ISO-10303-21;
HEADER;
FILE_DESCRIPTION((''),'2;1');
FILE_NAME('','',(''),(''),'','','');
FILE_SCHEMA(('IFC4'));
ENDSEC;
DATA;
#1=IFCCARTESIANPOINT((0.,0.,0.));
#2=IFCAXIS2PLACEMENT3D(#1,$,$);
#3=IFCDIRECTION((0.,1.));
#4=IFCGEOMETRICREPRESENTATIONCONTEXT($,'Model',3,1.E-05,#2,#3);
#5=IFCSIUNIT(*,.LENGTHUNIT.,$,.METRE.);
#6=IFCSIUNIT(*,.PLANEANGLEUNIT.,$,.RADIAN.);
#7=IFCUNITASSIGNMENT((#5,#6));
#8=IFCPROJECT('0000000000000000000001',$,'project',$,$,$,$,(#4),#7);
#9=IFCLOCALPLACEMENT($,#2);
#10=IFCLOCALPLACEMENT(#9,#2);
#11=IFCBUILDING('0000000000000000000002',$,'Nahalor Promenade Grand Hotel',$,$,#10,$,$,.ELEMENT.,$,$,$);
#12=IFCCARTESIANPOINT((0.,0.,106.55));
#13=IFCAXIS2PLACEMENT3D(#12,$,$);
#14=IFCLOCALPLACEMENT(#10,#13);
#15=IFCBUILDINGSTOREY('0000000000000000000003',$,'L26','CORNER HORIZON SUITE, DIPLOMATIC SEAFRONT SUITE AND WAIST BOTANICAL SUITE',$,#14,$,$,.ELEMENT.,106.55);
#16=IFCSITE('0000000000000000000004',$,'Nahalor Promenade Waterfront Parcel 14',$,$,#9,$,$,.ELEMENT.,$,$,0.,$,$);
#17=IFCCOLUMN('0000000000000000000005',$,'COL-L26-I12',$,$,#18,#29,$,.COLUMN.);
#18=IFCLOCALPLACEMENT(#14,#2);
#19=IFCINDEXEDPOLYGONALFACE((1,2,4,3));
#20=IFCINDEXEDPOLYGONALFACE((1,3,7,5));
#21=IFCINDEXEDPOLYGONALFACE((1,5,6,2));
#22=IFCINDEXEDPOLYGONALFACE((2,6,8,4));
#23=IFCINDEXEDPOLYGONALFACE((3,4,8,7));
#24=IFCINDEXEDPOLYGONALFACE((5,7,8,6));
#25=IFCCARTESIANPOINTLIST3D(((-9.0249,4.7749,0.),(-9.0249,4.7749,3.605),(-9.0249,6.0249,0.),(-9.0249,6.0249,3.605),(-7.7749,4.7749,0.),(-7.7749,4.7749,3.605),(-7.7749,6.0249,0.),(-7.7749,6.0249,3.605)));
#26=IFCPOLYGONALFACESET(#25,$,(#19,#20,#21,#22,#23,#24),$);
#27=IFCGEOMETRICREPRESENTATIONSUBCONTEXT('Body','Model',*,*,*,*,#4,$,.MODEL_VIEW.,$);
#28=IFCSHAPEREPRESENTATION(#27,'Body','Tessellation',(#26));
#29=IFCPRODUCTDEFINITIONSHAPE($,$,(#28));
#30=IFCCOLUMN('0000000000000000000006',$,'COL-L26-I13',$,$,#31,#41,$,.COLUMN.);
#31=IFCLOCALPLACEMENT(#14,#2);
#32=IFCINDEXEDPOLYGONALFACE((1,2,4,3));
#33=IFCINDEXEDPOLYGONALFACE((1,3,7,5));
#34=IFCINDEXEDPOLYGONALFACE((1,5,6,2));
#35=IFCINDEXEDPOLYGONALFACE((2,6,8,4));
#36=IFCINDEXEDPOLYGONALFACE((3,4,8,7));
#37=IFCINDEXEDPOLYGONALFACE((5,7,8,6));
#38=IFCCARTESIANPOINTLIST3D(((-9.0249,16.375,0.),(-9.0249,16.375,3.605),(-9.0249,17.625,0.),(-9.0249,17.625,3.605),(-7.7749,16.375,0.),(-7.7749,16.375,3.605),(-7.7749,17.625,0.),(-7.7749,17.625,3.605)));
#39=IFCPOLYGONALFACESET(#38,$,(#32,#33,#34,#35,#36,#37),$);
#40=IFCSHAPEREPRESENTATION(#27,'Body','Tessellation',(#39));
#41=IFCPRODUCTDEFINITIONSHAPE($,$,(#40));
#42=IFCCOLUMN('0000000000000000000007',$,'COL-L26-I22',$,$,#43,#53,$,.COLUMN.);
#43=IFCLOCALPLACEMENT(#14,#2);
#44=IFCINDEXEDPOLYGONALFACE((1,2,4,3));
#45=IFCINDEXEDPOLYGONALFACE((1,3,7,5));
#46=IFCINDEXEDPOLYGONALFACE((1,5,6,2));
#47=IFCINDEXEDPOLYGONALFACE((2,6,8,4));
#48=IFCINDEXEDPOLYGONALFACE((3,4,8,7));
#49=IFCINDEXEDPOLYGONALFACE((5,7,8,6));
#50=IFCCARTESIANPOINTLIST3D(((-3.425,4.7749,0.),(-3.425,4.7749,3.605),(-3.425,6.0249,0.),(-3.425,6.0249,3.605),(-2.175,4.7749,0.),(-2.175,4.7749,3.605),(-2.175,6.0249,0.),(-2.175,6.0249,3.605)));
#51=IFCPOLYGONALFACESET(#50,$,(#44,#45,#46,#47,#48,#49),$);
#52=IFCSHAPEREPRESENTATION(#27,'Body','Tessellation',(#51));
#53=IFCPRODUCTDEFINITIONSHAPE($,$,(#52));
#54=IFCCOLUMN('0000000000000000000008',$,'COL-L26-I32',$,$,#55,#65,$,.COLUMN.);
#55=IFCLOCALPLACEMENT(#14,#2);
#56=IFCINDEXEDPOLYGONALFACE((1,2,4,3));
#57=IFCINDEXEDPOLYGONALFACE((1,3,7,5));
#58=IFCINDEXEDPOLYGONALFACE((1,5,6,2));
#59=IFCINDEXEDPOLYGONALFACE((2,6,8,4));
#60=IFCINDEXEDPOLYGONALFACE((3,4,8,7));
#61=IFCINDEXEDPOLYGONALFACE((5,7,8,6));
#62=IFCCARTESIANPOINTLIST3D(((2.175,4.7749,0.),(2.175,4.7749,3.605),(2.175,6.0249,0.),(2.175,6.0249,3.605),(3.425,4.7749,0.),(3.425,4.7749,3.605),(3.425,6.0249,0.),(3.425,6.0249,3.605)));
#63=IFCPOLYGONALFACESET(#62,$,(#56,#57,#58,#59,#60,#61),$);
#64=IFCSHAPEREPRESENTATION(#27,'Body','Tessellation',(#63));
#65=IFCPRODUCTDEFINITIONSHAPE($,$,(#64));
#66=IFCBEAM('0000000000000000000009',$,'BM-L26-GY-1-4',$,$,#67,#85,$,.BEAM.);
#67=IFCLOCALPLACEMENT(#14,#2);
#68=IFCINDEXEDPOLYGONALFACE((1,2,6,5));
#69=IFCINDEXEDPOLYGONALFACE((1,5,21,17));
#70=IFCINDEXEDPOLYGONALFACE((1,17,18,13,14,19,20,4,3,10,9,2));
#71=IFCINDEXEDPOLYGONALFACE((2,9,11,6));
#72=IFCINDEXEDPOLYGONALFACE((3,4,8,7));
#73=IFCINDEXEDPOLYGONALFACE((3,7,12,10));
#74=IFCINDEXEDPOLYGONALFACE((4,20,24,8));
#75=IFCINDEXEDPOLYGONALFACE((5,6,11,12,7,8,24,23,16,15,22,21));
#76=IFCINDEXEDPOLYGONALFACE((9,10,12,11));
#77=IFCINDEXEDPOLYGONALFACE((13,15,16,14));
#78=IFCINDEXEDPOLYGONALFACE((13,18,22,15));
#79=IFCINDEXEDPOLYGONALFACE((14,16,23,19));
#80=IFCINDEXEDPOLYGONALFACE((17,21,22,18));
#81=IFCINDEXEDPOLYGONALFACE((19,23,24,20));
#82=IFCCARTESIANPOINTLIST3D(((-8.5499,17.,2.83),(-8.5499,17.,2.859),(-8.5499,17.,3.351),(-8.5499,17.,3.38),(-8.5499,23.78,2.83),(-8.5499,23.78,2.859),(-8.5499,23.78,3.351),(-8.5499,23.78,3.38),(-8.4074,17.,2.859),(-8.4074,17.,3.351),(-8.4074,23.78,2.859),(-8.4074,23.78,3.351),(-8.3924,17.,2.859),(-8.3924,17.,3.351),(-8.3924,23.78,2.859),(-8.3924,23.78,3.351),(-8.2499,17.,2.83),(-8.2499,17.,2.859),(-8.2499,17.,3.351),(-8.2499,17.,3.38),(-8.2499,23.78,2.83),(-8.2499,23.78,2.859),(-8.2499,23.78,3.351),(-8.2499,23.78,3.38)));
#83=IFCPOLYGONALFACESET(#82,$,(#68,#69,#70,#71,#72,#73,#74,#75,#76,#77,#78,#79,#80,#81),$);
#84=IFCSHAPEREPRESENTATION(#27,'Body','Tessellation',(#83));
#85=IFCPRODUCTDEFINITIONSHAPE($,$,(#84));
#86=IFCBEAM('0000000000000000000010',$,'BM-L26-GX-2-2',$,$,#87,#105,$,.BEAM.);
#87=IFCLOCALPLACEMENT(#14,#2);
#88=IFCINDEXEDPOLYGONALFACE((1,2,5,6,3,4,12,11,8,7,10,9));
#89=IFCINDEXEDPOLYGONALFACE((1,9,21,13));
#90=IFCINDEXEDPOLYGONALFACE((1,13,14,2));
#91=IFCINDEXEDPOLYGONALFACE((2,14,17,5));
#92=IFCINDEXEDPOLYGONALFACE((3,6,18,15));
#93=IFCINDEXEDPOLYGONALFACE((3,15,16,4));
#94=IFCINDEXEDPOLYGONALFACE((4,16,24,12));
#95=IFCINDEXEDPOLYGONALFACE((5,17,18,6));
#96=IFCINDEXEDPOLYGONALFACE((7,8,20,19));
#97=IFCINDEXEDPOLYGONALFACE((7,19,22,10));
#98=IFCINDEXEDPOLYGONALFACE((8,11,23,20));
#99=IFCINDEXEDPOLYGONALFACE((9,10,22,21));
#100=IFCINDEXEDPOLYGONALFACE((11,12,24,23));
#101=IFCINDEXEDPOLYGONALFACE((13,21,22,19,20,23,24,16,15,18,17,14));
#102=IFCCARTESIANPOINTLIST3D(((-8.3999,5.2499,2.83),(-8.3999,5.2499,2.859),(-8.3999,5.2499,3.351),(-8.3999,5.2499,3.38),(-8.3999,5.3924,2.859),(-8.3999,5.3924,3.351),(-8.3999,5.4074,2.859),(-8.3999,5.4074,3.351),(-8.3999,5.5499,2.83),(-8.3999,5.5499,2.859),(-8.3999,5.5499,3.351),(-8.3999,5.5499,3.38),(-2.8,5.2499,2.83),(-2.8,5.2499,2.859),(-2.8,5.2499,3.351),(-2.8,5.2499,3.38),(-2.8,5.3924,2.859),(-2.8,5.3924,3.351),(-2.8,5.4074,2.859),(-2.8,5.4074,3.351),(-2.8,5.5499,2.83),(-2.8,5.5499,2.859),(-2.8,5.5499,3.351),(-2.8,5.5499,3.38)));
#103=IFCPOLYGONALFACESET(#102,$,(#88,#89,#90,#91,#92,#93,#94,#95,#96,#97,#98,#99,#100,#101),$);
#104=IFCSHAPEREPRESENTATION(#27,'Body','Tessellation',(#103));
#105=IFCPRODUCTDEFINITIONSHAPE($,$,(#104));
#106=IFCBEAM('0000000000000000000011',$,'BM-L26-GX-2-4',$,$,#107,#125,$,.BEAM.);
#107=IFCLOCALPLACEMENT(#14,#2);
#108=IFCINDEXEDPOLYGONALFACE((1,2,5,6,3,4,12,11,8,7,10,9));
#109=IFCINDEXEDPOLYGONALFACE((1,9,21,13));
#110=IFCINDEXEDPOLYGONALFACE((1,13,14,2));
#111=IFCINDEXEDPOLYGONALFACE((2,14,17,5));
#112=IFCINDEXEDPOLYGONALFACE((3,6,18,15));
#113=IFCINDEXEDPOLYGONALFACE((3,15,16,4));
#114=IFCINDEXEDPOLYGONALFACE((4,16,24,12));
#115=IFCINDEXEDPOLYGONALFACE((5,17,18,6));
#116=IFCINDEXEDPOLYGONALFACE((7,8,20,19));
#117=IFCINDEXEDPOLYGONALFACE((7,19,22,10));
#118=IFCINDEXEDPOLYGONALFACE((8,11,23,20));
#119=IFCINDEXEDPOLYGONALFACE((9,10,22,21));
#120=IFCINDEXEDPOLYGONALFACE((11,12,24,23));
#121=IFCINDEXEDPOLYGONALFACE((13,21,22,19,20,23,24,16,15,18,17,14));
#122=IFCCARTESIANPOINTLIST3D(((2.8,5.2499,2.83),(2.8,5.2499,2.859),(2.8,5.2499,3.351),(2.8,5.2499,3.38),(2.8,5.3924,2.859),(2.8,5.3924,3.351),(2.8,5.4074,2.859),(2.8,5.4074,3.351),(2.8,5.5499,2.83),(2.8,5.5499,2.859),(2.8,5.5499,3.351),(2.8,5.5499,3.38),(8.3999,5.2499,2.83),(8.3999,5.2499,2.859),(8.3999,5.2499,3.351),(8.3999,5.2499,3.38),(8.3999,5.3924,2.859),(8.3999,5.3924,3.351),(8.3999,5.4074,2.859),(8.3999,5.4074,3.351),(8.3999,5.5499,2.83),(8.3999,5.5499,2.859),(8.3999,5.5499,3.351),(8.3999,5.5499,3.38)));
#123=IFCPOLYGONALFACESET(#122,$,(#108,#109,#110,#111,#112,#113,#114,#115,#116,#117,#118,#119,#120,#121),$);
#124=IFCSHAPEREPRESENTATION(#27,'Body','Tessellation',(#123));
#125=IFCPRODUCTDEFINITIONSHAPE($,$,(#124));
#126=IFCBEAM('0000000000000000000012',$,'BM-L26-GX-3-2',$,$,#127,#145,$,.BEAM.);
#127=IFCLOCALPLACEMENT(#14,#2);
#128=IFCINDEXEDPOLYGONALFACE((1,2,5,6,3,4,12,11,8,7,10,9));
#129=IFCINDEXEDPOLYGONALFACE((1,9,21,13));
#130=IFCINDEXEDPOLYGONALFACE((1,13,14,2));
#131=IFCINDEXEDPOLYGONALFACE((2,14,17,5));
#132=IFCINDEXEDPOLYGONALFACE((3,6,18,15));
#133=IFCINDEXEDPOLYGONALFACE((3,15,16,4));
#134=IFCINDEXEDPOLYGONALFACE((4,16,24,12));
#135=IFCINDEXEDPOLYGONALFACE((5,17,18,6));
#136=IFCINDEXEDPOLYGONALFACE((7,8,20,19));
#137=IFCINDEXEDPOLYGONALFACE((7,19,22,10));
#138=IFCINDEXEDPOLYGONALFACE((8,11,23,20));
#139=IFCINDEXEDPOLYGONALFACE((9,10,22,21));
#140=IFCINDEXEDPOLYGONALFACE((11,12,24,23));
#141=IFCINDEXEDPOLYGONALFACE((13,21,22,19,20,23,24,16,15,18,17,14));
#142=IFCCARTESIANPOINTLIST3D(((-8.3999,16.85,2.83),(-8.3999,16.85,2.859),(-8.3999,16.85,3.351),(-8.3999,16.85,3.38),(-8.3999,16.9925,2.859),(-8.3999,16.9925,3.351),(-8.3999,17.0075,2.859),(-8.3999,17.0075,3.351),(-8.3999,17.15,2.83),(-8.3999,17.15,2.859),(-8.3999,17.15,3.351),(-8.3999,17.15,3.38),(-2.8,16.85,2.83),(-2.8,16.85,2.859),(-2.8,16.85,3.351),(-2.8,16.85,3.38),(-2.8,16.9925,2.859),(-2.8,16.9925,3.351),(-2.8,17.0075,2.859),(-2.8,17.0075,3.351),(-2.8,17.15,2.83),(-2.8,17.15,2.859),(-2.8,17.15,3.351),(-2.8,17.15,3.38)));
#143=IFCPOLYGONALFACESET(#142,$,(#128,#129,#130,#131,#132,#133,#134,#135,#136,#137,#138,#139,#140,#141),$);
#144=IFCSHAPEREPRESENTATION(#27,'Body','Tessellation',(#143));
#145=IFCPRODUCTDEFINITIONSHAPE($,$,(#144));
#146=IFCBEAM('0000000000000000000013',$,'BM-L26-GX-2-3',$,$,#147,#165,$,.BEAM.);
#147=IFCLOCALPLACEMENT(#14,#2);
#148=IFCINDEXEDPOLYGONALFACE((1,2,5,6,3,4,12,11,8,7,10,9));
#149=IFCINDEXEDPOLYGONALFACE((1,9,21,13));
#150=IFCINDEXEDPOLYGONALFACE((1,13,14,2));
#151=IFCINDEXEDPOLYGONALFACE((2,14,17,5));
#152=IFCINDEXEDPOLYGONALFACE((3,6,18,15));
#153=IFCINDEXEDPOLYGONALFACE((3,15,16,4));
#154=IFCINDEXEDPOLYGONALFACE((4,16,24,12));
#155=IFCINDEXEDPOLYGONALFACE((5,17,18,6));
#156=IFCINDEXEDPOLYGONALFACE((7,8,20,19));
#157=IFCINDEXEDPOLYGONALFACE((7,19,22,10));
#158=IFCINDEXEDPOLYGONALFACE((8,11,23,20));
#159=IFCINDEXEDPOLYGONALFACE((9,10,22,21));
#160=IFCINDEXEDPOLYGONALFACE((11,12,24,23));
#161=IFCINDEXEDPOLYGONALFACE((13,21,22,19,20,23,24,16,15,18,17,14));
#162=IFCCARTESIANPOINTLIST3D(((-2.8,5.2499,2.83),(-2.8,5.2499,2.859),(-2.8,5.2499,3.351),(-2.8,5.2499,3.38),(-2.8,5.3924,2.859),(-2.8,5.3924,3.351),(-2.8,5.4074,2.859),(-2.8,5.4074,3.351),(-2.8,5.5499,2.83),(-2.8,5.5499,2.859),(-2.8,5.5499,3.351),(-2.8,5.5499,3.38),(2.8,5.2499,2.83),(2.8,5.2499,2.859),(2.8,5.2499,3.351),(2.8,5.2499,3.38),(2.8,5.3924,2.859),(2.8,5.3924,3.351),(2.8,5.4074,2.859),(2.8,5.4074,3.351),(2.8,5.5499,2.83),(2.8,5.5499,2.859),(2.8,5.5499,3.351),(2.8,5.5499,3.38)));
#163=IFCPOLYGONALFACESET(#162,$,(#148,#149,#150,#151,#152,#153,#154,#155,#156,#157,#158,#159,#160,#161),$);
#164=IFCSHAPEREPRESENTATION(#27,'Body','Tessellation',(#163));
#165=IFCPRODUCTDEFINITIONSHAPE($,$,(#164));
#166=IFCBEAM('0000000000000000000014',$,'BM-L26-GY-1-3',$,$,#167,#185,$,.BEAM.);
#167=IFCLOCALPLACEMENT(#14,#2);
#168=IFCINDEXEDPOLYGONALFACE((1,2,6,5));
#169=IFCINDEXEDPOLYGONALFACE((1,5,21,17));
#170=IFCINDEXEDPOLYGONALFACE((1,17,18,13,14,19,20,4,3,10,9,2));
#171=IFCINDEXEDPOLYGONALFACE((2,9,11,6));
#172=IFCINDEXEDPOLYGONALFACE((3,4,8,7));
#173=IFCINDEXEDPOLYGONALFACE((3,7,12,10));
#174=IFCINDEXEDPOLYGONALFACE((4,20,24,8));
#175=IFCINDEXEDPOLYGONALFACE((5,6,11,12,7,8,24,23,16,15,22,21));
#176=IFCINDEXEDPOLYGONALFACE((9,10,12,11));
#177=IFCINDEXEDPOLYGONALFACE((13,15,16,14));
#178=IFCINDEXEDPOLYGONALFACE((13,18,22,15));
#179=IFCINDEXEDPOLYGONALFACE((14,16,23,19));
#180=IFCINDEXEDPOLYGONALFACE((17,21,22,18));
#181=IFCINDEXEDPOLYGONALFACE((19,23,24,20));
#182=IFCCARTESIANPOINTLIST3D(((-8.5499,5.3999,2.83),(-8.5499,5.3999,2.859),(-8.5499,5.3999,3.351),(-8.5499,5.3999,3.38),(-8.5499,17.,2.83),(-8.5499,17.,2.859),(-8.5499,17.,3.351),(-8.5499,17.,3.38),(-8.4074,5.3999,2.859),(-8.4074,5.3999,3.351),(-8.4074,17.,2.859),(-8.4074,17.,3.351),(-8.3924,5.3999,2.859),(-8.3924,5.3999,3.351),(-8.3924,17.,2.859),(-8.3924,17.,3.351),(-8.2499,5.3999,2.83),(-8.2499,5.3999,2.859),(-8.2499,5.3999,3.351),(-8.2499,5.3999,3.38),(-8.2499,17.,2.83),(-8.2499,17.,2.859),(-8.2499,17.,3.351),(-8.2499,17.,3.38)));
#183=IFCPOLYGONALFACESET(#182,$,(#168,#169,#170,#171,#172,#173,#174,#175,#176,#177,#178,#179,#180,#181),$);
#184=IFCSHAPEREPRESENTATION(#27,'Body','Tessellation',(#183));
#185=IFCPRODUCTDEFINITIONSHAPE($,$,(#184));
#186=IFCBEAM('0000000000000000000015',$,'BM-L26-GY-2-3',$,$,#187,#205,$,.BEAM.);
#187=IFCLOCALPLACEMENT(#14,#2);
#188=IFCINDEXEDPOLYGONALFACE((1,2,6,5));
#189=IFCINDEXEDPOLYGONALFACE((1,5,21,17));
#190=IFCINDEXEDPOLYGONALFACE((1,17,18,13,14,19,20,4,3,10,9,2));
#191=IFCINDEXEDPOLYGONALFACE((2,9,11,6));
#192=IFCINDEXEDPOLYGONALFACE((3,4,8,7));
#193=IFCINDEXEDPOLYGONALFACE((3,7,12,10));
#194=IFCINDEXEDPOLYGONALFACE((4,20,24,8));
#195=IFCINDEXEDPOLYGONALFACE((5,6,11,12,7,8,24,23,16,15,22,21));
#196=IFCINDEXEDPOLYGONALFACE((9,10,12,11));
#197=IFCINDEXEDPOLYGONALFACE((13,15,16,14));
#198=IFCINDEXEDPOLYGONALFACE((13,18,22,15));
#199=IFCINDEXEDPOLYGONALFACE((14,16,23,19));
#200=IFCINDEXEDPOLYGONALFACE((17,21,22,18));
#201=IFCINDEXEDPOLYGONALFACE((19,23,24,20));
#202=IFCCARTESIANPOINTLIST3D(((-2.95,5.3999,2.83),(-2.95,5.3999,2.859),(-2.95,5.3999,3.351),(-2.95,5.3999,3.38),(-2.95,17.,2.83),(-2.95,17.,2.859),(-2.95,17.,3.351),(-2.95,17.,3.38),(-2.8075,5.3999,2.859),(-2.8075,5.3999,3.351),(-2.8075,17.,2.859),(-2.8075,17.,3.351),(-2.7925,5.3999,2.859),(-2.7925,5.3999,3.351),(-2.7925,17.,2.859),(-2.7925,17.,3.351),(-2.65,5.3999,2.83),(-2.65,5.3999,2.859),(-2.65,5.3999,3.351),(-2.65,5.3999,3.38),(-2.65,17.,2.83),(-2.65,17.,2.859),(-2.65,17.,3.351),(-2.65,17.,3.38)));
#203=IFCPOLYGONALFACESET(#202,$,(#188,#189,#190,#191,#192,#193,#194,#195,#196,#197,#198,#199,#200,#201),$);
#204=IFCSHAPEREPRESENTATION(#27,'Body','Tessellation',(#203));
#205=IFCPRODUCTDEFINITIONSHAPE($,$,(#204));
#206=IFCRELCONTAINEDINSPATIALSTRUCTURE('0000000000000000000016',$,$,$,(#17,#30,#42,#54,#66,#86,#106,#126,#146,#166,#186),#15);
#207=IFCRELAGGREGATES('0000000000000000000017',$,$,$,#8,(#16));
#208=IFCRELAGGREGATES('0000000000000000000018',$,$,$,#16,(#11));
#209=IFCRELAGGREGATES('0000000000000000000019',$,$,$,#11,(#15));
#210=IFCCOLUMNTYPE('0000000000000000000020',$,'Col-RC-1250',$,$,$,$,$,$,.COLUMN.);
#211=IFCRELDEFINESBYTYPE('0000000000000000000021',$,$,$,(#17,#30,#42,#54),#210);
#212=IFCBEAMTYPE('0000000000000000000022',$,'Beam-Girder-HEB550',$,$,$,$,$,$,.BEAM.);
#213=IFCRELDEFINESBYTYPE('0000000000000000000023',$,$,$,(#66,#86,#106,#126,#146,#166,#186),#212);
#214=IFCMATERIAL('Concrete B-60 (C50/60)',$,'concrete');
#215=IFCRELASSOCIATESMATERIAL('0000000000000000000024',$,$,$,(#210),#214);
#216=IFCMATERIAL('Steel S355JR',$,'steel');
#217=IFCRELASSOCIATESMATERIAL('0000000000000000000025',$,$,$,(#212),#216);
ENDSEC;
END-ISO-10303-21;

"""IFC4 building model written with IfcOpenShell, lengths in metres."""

from ifc_helpers import new_model, si_unit, direction, frame, origin, origin_2d, place, context, subcontext, project, spatial, rectangle, i_section, extrude, source, transform, mapped, material, material_profile, profile_set, type_object, element, save


model = new_model("IFC4")

# Units and contexts
model_context = context("Model", 3, precision=1e-05, world=origin(), true_north=direction((0.0, 1.0)))
body_context = subcontext(model_context, "Body", "Model", "MODEL_VIEW")
ifc_project = project(units=[si_unit("LENGTHUNIT", "METRE"), si_unit("PLANEANGLEUNIT", "RADIAN")], contexts=[model_context])

# Site, building, storey
site_placement = place(None, origin())
site = spatial("IfcSite", under=ifc_project, at=site_placement, Name="Nahalor Promenade Waterfront Parcel 14", CompositionType="ELEMENT", RefElevation=0.0)
building_placement = place(site_placement, origin())
building = spatial("IfcBuilding", under=site, at=building_placement, Name="Nahalor Promenade Grand Hotel", CompositionType="ELEMENT")
storey_placement = place(building_placement, frame((0.0, 0.0, 106.55)))
storey = spatial("IfcBuildingStorey", under=building, at=storey_placement, Name="L26", Description="CORNER HORIZON SUITE, DIPLOMATIC SEAFRONT SUITE AND WAIST BOTANICAL SUITE", CompositionType="ELEMENT", Elevation=106.55)

# Columns
ifc_material_1 = material(Name="Concrete B-60 (C50/60)", Category="concrete")
ifc_material_profile_1 = material_profile(ifc_material_1, rectangle(XDim=1.25, YDim=1.25, at=origin_2d()), Name="RC 1250x1250")
ifc_profile_set_1 = profile_set([ifc_material_profile_1], Name="Concrete B-60 (C50/60)")
column_type = type_object("IfcColumnType", Name="Col-RC-1250", PredefinedType="COLUMN", material=ifc_profile_set_1)
shared_shape_1 = source(origin(), body_context, "Body", "SweptSolid", [
    extrude(rectangle(XDim=1.25, YDim=1.25, at=origin_2d()), origin(), (0.0, 0.0, 1.0), 3.605),
])
for number, where, z_axis, x_axis, name in (
    (1, (-8.3999, 5.3999, 0.0), (0.0, 0.0, 1.0), (1.0, 0.0, 0.0), "COL-L26-I12"),
    (2, (-8.3999, 17.0, 0.0), (0.0, 0.0, 1.0), (1.0, 0.0, 0.0), "COL-L26-I13"),
    (3, (-2.8, 5.3999, 0.0), (0.0, 0.0, 1.0), (1.0, 0.0, 0.0), "COL-L26-I22"),
    (4, (2.8, 5.3999, 0.0), (0.0, 0.0, 1.0), (1.0, 0.0, 0.0), "COL-L26-I32"),
):
    element("IfcColumn", number, at=place(storey_placement, frame(where, z_axis=z_axis, x_axis=x_axis)), inside=storey, type_object=column_type, Name=name, PredefinedType="COLUMN", context=body_context, shape_type="MappedRepresentation", body=[
        mapped(shared_shape_1, transform((0.0, 0.0, 0.0), scale=1.0)),
    ])

# Beams
ifc_material_2 = material(Name="Steel S355JR", Category="steel")
ifc_material_profile_2 = material_profile(ifc_material_2, i_section(OverallWidth=0.3, OverallDepth=0.55, WebThickness=0.015, FlangeThickness=0.029, at=origin_2d()), Name="HEB 550")
ifc_profile_set_2 = profile_set([ifc_material_profile_2], Name="Steel S355JR")
beam_type_1 = type_object("IfcBeamType", Name="Beam-Girder-HEB550", PredefinedType="BEAM", material=ifc_profile_set_2)
shared_shape_2 = source(origin(), body_context, "Body", "SweptSolid", [
    extrude(i_section(OverallWidth=0.3, OverallDepth=0.55, WebThickness=0.015, FlangeThickness=0.029, at=origin_2d()), origin(), (0.0, 0.0, 1.0), 6.78),
])
beam_1_placement = place(storey_placement, frame((-8.3999, 17.0, 3.105), z_axis=(0.0, 1.0, 0.0), x_axis=(-1.0, 0.0, 0.0)))
element("IfcBeam", 5, at=beam_1_placement, inside=storey, type_object=beam_type_1, Name="BM-L26-GY-1-4", PredefinedType="BEAM", context=body_context, shape_type="MappedRepresentation", body=[
    mapped(shared_shape_2, transform((0.0, 0.0, 0.0), scale=1.0)),
])
shared_shape_3 = source(origin(), body_context, "Body", "SweptSolid", [
    extrude(i_section(OverallWidth=0.3, OverallDepth=0.55, WebThickness=0.015, FlangeThickness=0.029, at=origin_2d()), origin(), (0.0, 0.0, 1.0), 5.5999),
])
for number, where, z_axis, x_axis, name in (
    (6, (-8.3999, 5.3999, 3.105), (1.0, 0.0, 0.0), (0.0, 1.0, 0.0), "BM-L26-GX-2-2"),
    (7, (2.8, 5.3999, 3.105), (1.0, 0.0, 0.0), (0.0, 1.0, 0.0), "BM-L26-GX-2-4"),
    (8, (-8.3999, 17.0, 3.105), (1.0, 0.0, 0.0), (0.0, 1.0, 0.0), "BM-L26-GX-3-2"),
):
    element("IfcBeam", number, at=place(storey_placement, frame(where, z_axis=z_axis, x_axis=x_axis)), inside=storey, type_object=beam_type_1, Name=name, PredefinedType="BEAM", context=body_context, shape_type="MappedRepresentation", body=[
        mapped(shared_shape_3, transform((0.0, 0.0, 0.0), scale=1.0)),
    ])
shared_shape_4 = source(origin(), body_context, "Body", "SweptSolid", [
    extrude(i_section(OverallWidth=0.3, OverallDepth=0.55, WebThickness=0.015, FlangeThickness=0.029, at=origin_2d()), origin(), (0.0, 0.0, 1.0), 5.6001),
])
beam_2_placement = place(storey_placement, frame((-2.8, 5.3999, 3.105), z_axis=(1.0, 0.0, 0.0), x_axis=(0.0, 1.0, 0.0)))
element("IfcBeam", 9, at=beam_2_placement, inside=storey, type_object=beam_type_1, Name="BM-L26-GX-2-3", PredefinedType="BEAM", context=body_context, shape_type="MappedRepresentation", body=[
    mapped(shared_shape_4, transform((0.0, 0.0, 0.0), scale=1.0)),
])
shared_shape_5 = source(origin(), body_context, "Body", "SweptSolid", [
    extrude(i_section(OverallWidth=0.3, OverallDepth=0.55, WebThickness=0.015, FlangeThickness=0.029, at=origin_2d()), origin(), (0.0, 0.0, 1.0), 11.6001),
])
for number, where, z_axis, x_axis, name in (
    (10, (-8.3999, 5.3999, 3.105), (0.0, 1.0, 0.0), (-1.0, 0.0, 0.0), "BM-L26-GY-1-3"),
    (11, (-2.8, 5.3999, 3.105), (0.0, 1.0, 0.0), (-1.0, 0.0, 0.0), "BM-L26-GY-2-3"),
):
    element("IfcBeam", number, at=place(storey_placement, frame(where, z_axis=z_axis, x_axis=x_axis)), inside=storey, type_object=beam_type_1, Name=name, PredefinedType="BEAM", context=body_context, shape_type="MappedRepresentation", body=[
        mapped(shared_shape_5, transform((0.0, 0.0, 0.0), scale=1.0)),
    ])

save(model, "model.ifc")
